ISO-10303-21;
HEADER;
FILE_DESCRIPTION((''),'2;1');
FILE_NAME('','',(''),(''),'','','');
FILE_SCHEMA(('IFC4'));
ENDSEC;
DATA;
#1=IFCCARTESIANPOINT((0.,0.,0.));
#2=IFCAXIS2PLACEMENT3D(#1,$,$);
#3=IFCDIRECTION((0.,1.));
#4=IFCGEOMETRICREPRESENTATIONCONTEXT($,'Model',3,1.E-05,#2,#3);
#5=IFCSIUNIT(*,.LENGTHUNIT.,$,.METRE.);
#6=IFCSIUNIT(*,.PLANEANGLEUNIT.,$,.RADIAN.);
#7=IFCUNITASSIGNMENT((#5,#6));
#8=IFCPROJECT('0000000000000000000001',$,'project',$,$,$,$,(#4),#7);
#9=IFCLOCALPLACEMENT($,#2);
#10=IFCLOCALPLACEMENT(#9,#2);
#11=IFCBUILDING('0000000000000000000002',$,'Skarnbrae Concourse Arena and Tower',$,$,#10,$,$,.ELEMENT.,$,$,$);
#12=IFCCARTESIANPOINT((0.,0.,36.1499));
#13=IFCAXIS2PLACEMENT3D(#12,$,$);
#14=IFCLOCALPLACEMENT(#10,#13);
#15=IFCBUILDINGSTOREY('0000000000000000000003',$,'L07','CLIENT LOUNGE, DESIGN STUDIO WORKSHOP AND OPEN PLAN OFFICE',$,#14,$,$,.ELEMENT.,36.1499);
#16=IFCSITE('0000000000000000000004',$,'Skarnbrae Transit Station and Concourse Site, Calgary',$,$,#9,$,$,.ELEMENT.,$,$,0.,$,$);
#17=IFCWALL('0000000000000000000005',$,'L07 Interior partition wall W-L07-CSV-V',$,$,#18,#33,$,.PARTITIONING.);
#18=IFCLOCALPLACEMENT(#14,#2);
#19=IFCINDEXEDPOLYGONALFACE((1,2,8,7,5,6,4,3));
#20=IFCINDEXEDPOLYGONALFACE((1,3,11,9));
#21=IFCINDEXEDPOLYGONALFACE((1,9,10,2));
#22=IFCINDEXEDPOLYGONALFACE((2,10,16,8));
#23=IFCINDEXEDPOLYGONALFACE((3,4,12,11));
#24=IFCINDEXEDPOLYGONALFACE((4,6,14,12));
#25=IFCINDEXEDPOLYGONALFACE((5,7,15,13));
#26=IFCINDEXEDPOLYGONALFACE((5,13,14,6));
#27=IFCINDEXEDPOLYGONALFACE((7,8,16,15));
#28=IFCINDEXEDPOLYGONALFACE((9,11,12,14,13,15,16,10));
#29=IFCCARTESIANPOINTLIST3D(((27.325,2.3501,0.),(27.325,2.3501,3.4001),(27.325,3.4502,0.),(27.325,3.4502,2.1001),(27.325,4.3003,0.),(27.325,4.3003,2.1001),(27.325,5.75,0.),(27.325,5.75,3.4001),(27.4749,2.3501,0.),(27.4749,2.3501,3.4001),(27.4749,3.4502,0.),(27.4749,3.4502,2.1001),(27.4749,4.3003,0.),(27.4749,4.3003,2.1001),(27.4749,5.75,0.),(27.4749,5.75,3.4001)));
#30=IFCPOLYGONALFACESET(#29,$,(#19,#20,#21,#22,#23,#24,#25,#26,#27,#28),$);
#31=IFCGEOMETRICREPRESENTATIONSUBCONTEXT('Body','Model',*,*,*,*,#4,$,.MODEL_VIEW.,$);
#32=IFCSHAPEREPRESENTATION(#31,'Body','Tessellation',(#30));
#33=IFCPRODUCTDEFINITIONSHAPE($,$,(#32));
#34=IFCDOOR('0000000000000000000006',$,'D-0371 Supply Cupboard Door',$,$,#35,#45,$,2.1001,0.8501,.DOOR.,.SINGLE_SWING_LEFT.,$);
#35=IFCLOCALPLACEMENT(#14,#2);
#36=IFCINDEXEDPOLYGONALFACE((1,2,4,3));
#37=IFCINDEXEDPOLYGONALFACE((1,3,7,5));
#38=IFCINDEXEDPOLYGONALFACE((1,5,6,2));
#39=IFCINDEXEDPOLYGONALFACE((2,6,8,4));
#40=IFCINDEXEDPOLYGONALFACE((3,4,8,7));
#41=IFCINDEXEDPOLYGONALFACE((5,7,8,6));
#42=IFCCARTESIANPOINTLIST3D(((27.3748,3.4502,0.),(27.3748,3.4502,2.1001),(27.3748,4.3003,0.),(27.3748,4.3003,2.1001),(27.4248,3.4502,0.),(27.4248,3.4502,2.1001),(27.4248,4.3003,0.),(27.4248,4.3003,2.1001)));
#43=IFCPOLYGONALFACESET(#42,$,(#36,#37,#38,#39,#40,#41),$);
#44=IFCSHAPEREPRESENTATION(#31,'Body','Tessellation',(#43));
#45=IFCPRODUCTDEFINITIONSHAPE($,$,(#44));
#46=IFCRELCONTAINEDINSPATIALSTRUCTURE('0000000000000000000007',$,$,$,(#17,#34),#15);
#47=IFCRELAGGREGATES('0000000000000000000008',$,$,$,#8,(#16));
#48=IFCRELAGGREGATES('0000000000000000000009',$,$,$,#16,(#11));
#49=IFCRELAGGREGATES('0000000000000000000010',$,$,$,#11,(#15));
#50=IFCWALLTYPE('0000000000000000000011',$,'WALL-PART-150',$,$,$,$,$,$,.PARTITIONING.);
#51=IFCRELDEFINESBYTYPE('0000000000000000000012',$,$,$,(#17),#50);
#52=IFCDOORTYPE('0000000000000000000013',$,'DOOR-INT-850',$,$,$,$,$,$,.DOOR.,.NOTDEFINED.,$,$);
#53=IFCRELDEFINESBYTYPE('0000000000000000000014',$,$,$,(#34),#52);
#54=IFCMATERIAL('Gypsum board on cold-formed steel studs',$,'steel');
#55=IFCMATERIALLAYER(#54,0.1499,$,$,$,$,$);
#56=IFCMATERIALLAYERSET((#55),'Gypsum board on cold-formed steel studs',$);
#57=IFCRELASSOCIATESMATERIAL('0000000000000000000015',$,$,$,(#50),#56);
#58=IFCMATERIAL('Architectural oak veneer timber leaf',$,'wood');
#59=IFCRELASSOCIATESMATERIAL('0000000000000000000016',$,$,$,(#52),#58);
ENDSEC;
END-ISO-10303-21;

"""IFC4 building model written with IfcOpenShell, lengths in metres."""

from ifc_helpers import new_model, si_unit, direction, frame, frame_2d, origin, place, context, subcontext, project, spatial, rectangle, extrude, source, transform, mapped, material, layer, layer_set, type_object, element, fill, save


model = new_model("IFC4")

# Units and contexts
model_context = context("Model", 3, precision=1e-05, world=origin(), true_north=direction((0.0, 1.0)))
body_context = subcontext(model_context, "Body", "Model", "MODEL_VIEW")
ifc_project = project(units=[si_unit("LENGTHUNIT", "METRE"), si_unit("PLANEANGLEUNIT", "RADIAN")], contexts=[model_context])

# Site, building, storey
site_placement = place(None, origin())
site = spatial("IfcSite", under=ifc_project, at=site_placement, Name="Skarnbrae Transit Station and Concourse Site, Calgary", CompositionType="ELEMENT", RefElevation=0.0)
building_placement = place(site_placement, origin())
building = spatial("IfcBuilding", under=site, at=building_placement, Name="Skarnbrae Concourse Arena and Tower", CompositionType="ELEMENT")
storey_placement = place(building_placement, frame((0.0, 0.0, 36.1499)))
storey = spatial("IfcBuildingStorey", under=building, at=storey_placement, Name="L07", Description="CLIENT LOUNGE, DESIGN STUDIO WORKSHOP AND OPEN PLAN OFFICE", CompositionType="ELEMENT", Elevation=36.1499)

# Shared definitions
ifc_material_1 = material(Name="Gypsum board on cold-formed steel studs", Category="steel")
ifc_layer_1 = layer(ifc_material_1, 0.1499)
ifc_layer_set_1 = layer_set([ifc_layer_1], Name="Gypsum board on cold-formed steel studs")
wall_type_1 = type_object("IfcWallType", Name="WALL-PART-150", PredefinedType="PARTITIONING", material=ifc_layer_set_1)

# Wall, opening, door
shared_shape_1 = source(origin(), body_context, "Body", "SweptSolid", [
    extrude(rectangle(XDim=3.3999, YDim=0.1499, at=frame_2d((1.7, 0.0))), origin(), (0.0, 0.0, 1.0), 3.4001),
])
wall_1_placement = place(storey_placement, frame((27.3999, 2.3501, 0.0), z_axis=(0.0, 0.0, 1.0), x_axis=(0.0, 1.0, 0.0)))
wall_1 = element("IfcWall", 1, at=wall_1_placement, inside=storey, type_object=wall_type_1, Name="L07 Interior partition wall W-L07-CSV-V", PredefinedType="PARTITIONING", context=body_context, shape_type="MappedRepresentation", body=[
    mapped(shared_shape_1, transform((0.0, 0.0, 0.0))),
])
opening_1_placement = place(wall_1_placement, frame((1.1001, 0.0, 0.0)))
opening_1 = element("IfcOpeningElement", 2, at=opening_1_placement, cuts=wall_1, PredefinedType="OPENING", context=body_context, shape_type="SweptSolid", body=[
    extrude(rectangle(XDim=0.8501, YDim=2.1001, at=frame_2d((0.425, 1.05))), frame((0.0, 0.085, 0.0), z_axis=(0.0, -1.0, 0.0), x_axis=(1.0, 0.0, 0.0)), (0.0, 0.0, 1.0), 0.1699),
])
ifc_material_2 = material(Name="Architectural oak veneer timber leaf", Category="wood")
door_type_1 = type_object("IfcDoorType", Name="DOOR-INT-850", OperationType="NOTDEFINED", PredefinedType="DOOR", material=ifc_material_2)
shared_shape_2 = source(origin(), body_context, "Body", "SweptSolid", [
    extrude(rectangle(XDim=0.8501, YDim=2.1001, at=frame_2d((0.425, 1.05))), frame((0.0, 0.0249, 0.0), z_axis=(0.0, -1.0, 0.0), x_axis=(1.0, 0.0, 0.0)), (0.0, 0.0, 1.0), 0.05),
])
door_1_placement = place(opening_1_placement, frame((0.8501, 0.0, 0.0), z_axis=(0.0, 0.0, 1.0), x_axis=(-1.0, 0.0, 0.0)))
door_1 = element("IfcDoor", 3, at=door_1_placement, inside=storey, type_object=door_type_1, Name="D-0371 Supply Cupboard Door", OperationType="SINGLE_SWING_LEFT", OverallHeight=2.1001, OverallWidth=0.8501, PredefinedType="DOOR", context=body_context, shape_type="MappedRepresentation", body=[
    mapped(shared_shape_2, transform((0.0, 0.0, 0.0))),
])
fill(opening_1, door_1)

save(model, "model.ifc")
